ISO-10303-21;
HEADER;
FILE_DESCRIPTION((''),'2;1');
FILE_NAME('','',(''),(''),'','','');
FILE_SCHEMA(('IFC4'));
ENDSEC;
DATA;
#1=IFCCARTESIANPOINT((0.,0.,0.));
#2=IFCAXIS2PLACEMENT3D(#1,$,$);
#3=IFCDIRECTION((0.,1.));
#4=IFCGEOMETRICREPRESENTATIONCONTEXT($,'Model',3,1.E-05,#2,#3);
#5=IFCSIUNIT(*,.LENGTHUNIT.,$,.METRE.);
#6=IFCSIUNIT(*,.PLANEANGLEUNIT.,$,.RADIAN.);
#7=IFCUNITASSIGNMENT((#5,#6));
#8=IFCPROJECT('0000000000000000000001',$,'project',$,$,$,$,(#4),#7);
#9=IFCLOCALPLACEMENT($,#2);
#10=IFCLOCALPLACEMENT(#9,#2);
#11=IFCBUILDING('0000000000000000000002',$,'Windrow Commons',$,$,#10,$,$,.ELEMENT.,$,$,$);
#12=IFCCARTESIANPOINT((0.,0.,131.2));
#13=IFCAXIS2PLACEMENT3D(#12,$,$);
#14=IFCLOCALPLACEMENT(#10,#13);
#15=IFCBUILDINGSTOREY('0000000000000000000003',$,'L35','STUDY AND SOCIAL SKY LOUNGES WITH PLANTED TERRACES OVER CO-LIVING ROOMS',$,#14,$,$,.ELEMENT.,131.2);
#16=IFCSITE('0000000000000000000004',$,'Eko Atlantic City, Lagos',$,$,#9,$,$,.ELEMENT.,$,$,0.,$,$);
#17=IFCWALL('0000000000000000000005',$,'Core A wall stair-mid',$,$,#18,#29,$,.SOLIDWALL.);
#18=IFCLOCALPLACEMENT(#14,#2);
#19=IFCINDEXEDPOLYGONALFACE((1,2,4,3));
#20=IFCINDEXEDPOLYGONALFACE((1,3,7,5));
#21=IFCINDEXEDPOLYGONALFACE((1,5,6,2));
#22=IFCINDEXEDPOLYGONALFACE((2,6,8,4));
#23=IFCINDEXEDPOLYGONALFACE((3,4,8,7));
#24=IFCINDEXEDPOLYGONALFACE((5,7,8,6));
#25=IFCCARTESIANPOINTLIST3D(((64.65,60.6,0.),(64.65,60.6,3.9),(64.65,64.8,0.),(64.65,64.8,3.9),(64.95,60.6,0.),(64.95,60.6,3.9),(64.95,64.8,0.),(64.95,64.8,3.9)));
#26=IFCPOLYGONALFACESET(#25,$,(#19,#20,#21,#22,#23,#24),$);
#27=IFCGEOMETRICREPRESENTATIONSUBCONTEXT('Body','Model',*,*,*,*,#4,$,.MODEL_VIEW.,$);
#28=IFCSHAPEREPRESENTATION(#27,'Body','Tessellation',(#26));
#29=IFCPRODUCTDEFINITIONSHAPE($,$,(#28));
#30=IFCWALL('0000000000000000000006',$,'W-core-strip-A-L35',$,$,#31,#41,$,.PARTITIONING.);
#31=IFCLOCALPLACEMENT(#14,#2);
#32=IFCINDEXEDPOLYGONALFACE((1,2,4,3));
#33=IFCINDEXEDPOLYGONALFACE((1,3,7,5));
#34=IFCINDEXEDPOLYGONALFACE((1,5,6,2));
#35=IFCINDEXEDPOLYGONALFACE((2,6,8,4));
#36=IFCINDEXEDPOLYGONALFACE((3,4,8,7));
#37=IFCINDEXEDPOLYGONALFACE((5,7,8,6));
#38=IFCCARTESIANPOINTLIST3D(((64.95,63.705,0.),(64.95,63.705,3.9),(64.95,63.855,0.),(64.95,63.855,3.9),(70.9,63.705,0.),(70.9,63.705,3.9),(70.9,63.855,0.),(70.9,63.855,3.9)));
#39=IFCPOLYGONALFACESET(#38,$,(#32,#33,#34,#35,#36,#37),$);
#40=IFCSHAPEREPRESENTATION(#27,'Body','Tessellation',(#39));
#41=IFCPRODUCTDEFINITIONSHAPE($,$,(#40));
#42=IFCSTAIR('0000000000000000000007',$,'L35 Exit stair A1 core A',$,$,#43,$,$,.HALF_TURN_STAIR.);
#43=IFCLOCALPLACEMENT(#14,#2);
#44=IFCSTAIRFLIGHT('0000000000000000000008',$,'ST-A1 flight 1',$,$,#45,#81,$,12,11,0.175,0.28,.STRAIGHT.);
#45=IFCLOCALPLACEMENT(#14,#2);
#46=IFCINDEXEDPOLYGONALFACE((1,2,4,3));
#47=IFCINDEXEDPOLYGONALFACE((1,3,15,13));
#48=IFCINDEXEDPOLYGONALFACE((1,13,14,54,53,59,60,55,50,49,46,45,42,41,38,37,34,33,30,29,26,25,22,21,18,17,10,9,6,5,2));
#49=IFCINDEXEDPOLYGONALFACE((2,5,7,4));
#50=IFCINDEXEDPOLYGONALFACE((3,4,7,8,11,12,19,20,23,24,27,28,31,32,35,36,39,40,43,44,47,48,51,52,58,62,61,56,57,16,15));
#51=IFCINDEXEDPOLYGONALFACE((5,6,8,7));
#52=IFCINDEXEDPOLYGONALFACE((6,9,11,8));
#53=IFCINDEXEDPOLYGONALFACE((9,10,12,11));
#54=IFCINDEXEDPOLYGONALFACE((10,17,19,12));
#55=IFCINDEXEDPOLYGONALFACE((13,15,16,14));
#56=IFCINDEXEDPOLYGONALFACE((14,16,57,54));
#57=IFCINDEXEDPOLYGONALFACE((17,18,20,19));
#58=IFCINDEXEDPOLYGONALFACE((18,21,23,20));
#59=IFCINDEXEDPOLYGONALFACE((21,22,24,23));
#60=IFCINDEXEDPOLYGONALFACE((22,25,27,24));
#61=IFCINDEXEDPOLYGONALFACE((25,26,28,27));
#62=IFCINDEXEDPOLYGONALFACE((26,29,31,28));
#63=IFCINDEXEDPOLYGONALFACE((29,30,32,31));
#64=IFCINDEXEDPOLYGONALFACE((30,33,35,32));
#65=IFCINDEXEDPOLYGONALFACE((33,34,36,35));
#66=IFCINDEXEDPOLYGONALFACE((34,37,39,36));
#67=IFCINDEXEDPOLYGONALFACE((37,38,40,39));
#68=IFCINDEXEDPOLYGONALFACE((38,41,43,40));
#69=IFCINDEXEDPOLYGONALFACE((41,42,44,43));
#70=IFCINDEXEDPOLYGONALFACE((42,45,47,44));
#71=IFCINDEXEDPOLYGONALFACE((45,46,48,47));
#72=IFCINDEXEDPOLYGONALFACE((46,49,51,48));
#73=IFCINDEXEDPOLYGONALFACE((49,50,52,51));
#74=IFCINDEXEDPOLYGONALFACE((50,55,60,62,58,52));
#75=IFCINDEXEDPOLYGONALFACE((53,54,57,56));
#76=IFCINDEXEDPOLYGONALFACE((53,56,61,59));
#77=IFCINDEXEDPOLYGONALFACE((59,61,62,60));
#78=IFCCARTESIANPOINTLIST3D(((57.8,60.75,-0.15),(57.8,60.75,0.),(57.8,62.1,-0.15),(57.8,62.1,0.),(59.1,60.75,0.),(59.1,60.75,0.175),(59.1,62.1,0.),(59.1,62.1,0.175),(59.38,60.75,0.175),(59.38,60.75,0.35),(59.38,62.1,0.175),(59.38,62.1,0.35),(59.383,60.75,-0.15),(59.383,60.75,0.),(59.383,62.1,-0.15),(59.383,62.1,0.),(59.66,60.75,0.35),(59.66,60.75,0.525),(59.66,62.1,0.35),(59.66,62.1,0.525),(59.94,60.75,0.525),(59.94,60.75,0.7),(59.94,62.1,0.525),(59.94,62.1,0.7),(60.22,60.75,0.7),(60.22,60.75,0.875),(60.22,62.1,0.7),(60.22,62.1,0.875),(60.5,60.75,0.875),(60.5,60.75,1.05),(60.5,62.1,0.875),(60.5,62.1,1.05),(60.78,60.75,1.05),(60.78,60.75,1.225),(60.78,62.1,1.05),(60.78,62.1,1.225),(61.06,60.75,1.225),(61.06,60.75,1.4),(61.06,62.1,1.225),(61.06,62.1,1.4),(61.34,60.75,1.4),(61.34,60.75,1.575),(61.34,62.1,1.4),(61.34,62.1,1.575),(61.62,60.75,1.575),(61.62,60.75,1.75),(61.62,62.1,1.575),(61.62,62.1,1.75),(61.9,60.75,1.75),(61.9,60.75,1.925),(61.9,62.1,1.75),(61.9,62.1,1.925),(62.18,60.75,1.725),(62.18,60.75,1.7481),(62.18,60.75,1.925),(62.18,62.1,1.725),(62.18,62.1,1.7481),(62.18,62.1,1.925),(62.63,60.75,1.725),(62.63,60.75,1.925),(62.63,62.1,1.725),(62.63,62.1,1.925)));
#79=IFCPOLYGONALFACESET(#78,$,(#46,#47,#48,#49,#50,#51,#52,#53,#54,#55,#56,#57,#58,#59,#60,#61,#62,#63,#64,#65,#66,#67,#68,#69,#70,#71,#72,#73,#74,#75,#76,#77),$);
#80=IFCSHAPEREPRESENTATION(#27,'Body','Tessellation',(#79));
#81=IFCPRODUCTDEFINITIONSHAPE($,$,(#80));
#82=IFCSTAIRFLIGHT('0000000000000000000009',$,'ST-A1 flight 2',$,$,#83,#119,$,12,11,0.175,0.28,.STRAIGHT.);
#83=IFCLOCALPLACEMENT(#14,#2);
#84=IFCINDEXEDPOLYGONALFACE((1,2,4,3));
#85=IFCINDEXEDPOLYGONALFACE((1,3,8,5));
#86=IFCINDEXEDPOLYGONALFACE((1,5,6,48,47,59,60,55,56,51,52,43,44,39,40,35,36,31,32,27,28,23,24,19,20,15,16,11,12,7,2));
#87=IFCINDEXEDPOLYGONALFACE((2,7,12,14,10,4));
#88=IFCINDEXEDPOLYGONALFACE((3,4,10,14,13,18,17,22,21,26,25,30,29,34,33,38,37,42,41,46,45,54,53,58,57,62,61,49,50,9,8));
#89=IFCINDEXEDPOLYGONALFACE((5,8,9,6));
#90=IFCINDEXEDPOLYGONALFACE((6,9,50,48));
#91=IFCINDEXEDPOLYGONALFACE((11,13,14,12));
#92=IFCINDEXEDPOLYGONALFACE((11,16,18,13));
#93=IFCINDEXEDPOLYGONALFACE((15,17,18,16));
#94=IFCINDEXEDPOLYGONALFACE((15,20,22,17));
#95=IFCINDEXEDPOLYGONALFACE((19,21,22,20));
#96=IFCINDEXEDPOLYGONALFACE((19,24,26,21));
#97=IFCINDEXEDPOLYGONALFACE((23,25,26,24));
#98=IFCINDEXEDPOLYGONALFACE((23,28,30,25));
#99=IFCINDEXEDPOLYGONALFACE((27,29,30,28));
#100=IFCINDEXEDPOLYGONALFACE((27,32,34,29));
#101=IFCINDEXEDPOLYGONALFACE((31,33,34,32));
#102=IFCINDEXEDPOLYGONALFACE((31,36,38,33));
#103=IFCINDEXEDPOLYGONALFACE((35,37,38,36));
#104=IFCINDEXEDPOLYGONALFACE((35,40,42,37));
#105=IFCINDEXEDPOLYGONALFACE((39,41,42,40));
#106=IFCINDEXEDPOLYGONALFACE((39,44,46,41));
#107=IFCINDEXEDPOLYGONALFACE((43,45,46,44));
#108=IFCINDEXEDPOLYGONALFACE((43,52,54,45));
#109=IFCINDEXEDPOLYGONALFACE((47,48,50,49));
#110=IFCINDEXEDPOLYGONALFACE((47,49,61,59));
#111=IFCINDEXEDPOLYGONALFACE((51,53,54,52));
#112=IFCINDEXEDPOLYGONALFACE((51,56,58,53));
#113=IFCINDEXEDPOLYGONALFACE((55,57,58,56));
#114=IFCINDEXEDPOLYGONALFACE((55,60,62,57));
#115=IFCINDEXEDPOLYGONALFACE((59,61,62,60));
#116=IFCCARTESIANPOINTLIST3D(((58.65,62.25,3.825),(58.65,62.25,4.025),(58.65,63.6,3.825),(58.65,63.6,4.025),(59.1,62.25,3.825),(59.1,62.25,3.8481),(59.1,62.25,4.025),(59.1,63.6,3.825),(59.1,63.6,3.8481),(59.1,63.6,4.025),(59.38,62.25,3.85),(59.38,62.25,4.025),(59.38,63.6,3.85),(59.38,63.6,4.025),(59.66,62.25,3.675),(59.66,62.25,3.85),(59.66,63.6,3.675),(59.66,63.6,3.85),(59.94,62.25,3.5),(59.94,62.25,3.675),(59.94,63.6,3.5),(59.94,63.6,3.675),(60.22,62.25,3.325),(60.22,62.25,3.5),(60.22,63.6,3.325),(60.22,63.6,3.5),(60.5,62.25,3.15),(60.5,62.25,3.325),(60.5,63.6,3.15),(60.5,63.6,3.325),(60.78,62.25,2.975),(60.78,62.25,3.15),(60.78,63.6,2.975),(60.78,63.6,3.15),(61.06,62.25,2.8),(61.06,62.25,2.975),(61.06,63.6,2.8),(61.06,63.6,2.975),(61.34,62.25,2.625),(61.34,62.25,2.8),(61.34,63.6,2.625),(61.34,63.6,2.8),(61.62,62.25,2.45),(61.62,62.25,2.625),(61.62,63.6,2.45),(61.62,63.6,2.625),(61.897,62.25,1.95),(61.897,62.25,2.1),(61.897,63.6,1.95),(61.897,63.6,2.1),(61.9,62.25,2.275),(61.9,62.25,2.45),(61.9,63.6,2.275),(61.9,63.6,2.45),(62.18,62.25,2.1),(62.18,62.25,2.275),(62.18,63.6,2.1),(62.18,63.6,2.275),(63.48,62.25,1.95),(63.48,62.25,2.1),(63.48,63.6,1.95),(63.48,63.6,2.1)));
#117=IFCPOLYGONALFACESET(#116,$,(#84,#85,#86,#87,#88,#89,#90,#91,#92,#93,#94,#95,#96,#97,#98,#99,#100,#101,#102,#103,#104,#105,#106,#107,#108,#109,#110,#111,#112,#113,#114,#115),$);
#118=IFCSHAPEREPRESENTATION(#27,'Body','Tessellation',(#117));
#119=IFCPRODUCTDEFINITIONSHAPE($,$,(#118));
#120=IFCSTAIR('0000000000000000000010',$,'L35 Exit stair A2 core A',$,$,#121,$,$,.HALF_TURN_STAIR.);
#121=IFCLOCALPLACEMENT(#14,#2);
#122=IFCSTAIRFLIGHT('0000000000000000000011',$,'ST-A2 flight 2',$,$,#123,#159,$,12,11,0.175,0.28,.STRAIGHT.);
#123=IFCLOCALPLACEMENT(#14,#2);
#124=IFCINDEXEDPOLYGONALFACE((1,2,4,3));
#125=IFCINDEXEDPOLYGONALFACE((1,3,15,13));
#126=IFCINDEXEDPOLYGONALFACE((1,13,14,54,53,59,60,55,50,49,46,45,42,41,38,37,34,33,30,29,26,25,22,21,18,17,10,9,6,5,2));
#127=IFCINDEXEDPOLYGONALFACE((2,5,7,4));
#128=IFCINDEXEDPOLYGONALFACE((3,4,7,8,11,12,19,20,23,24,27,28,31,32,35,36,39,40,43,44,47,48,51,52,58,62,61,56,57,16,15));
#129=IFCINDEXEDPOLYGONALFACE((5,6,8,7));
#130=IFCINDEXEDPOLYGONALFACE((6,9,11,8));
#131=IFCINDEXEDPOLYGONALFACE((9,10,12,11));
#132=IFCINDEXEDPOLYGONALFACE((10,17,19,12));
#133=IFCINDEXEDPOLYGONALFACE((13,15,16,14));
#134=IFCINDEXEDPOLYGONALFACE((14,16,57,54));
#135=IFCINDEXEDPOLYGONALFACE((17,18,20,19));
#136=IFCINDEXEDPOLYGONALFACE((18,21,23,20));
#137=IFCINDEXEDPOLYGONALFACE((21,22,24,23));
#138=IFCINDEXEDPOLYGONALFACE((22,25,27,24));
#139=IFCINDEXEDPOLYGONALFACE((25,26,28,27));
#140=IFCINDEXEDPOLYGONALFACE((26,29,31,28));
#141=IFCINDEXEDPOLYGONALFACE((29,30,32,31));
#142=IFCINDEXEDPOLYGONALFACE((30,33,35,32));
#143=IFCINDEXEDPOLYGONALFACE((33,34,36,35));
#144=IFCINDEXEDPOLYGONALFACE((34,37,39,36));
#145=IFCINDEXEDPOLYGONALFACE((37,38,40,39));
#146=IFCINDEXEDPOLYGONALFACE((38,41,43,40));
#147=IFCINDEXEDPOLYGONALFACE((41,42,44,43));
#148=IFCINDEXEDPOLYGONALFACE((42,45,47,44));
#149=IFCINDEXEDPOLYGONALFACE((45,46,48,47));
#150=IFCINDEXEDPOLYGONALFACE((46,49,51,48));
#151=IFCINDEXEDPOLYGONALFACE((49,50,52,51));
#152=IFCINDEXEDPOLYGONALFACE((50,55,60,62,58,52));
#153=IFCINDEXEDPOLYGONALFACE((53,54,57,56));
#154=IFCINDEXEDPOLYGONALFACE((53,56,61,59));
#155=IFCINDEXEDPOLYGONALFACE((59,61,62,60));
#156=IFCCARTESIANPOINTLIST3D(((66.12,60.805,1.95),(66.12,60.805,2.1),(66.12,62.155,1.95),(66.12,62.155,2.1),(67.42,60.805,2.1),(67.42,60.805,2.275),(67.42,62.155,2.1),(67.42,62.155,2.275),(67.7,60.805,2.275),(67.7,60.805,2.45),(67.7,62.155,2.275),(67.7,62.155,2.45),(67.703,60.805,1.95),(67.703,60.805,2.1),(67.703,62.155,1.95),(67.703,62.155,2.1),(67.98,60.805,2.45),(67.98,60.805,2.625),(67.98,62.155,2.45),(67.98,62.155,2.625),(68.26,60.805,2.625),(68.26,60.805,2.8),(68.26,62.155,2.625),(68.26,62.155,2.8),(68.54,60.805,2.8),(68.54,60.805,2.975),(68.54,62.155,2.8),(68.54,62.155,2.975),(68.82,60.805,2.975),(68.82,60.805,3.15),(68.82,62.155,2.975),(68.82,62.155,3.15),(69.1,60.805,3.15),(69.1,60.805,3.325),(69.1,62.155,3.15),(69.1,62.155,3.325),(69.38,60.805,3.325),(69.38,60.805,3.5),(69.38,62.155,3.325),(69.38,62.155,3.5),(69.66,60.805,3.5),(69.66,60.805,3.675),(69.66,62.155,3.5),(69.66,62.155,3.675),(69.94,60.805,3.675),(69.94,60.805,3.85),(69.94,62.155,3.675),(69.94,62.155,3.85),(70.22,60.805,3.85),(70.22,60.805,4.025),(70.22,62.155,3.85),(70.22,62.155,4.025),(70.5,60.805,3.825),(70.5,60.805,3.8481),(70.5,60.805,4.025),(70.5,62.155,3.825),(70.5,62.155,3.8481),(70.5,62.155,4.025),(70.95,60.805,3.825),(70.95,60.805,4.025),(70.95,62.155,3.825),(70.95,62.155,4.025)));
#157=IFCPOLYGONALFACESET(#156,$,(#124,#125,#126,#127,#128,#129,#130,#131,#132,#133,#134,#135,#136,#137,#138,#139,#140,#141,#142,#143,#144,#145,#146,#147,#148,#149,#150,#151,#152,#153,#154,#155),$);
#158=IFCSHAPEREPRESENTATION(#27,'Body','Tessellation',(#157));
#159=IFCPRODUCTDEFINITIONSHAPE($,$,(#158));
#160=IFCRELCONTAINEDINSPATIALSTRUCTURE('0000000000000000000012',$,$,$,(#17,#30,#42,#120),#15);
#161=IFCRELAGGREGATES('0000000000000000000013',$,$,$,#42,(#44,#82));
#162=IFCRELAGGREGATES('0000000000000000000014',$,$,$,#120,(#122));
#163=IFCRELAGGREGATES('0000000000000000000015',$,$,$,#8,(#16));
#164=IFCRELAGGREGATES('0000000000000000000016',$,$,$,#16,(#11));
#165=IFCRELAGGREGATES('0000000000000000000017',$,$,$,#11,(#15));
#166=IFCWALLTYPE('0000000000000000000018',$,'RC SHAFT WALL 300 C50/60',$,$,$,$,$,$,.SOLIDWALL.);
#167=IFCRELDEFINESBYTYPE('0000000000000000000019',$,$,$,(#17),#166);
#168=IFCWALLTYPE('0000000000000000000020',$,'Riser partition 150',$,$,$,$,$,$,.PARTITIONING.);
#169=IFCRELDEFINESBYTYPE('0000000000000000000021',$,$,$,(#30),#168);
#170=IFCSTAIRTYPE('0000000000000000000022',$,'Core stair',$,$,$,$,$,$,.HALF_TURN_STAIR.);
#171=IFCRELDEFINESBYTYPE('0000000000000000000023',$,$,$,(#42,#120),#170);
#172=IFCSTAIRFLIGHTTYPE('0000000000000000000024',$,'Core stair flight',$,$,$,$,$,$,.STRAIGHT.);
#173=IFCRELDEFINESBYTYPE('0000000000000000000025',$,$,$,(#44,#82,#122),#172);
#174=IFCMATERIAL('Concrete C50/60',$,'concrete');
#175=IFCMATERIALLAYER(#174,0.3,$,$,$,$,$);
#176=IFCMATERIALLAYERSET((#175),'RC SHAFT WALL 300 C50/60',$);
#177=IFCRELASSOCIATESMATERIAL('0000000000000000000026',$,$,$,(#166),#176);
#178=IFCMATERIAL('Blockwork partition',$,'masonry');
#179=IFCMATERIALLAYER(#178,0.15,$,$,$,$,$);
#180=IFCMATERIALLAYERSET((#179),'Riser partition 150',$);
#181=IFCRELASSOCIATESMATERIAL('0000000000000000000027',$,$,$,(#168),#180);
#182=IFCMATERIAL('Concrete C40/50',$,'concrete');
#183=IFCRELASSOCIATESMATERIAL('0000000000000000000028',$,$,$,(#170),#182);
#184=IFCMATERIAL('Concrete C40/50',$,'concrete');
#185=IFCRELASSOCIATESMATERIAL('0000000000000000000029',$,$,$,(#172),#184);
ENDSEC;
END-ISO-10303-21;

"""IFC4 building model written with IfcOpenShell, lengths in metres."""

from ifc_helpers import new_model, si_unit, direction, frame, frame_2d, origin, place, context, subcontext, project, spatial, polyline, rectangle, outline, extrude, material, layer, layer_set, type_object, element, aggregate, save


model = new_model("IFC4")

# Units and contexts
model_context = context("Model", 3, precision=1e-05, world=origin(), true_north=direction((0.0, 1.0)))
body_context = subcontext(model_context, "Body", "Model", "MODEL_VIEW")
ifc_project = project(units=[si_unit("LENGTHUNIT", "METRE"), si_unit("PLANEANGLEUNIT", "RADIAN")], contexts=[model_context])

# Site, building, storey
site_placement = place(None, origin())
site = spatial("IfcSite", under=ifc_project, at=site_placement, Name="Eko Atlantic City, Lagos", CompositionType="ELEMENT", RefElevation=0.0)
building_placement = place(site_placement, origin())
building = spatial("IfcBuilding", under=site, at=building_placement, Name="Windrow Commons", CompositionType="ELEMENT")
storey_placement = place(building_placement, frame((0.0, 0.0, 131.2)))
storey = spatial("IfcBuildingStorey", under=building, at=storey_placement, Name="L35", Description="STUDY AND SOCIAL SKY LOUNGES WITH PLANTED TERRACES OVER CO-LIVING ROOMS", CompositionType="ELEMENT", Elevation=131.2)

# Shared definitions
placement = place(storey_placement, origin())

# Walls
ifc_material_1 = material(Name="Concrete C50/60", Category="concrete")
ifc_layer_1 = layer(ifc_material_1, 0.3)
ifc_layer_set_1 = layer_set([ifc_layer_1], Name="RC SHAFT WALL 300 C50/60")
wall_type_1 = type_object("IfcWallType", Name="RC SHAFT WALL 300 C50/60", PredefinedType="SOLIDWALL", material=ifc_layer_set_1)
wall_1_placement = place(storey_placement, frame((64.8, 60.6, 0.0), z_axis=(0.0, 0.0, 1.0), x_axis=(0.0, 1.0, 0.0)))
element("IfcWall", 1, at=wall_1_placement, inside=storey, type_object=wall_type_1, Name="Core A wall stair-mid", PredefinedType="SOLIDWALL", context=body_context, shape_type="SweptSolid", body=[
    extrude(rectangle(XDim=4.2, YDim=0.3, at=frame_2d((2.1, 0.0))), origin(), (0.0, 0.0, 1.0), 3.9),
])
ifc_material_2 = material(Name="Blockwork partition", Category="masonry")
ifc_layer_2 = layer(ifc_material_2, 0.15)
ifc_layer_set_2 = layer_set([ifc_layer_2], Name="Riser partition 150")
wall_type_2 = type_object("IfcWallType", Name="Riser partition 150", PredefinedType="PARTITIONING", material=ifc_layer_set_2)
wall_2_placement = place(storey_placement, frame((64.95, 63.78, 0.0), z_axis=(0.0, 0.0, 1.0), x_axis=(1.0, 0.0, 0.0)))
element("IfcWall", 2, at=wall_2_placement, inside=storey, type_object=wall_type_2, Name="W-core-strip-A-L35", PredefinedType="PARTITIONING", context=body_context, shape_type="SweptSolid", body=[
    extrude(rectangle(XDim=5.95, YDim=0.15, at=frame_2d((2.975, 0.0))), origin(), (0.0, 0.0, 1.0), 3.9),
])

# Stair, stair flights
ifc_material_3 = material(Name="Concrete C40/50", Category="concrete")
stair_type = type_object("IfcStairType", Name="Core stair", PredefinedType="HALF_TURN_STAIR", material=ifc_material_3)
stair_1 = element("IfcStair", 3, at=placement, inside=storey, type_object=stair_type, Name="L35 Exit stair A1 core A", PredefinedType="HALF_TURN_STAIR")
ifc_material_4 = material(Name="Concrete C40/50", Category="concrete")
stair_flight_type = type_object("IfcStairFlightType", Name="Core stair flight", PredefinedType="STRAIGHT", material=ifc_material_4)
stair_flight_1_placement = place(storey_placement, frame((59.1, 61.425, 0.0), z_axis=(0.0, 0.0, 1.0), x_axis=(1.0, 0.0, 0.0)))
stair_flight_1 = element("IfcStairFlight", 4, at=stair_flight_1_placement, type_object=stair_flight_type, Name="ST-A1 flight 1", NumberOfRisers=12, NumberOfTreads=11, PredefinedType="STRAIGHT", RiserHeight=0.175, TreadLength=0.28, context=body_context, shape_type="SweptSolid", body=[
    extrude(outline(polyline([(-1.3, -0.15), (-1.3, 0.0), (0.0, 0.0), (0.0, 0.175), (0.28, 0.175), (0.28, 0.35), (0.56, 0.35), (0.56, 0.525), (0.84, 0.525), (0.84, 0.7), (1.12, 0.7), (1.12, 0.875), (1.4, 0.875), (1.4, 1.05), (1.68, 1.05), (1.68, 1.225), (1.96, 1.225), (1.96, 1.4), (2.24, 1.4), (2.24, 1.575), (2.52, 1.575), (2.52, 1.75), (2.8, 1.75), (2.8, 1.925), (3.08, 1.925), (3.53, 1.925), (3.53, 1.725), (3.08, 1.725), (3.08, 1.7481), (0.283, 0.0), (0.283, -0.15), (-1.3, -0.15)])), frame((0.0, 0.675, 0.0), z_axis=(0.0, -1.0, 0.0), x_axis=(1.0, 0.0, 0.0)), (0.0, 0.0, 1.0), 1.35),
])
stair_flight_2_placement = place(storey_placement, frame((62.18, 62.925, 2.1), z_axis=(0.0, 0.0, 1.0), x_axis=(-1.0, 0.0, 0.0)))
stair_flight_2 = element("IfcStairFlight", 5, at=stair_flight_2_placement, type_object=stair_flight_type, Name="ST-A1 flight 2", NumberOfRisers=12, NumberOfTreads=11, PredefinedType="STRAIGHT", RiserHeight=0.175, TreadLength=0.28, context=body_context, shape_type="SweptSolid", body=[
    extrude(outline(polyline([(-1.3, -0.15), (-1.3, 0.0), (0.0, 0.0), (0.0, 0.175), (0.28, 0.175), (0.28, 0.35), (0.56, 0.35), (0.56, 0.525), (0.84, 0.525), (0.84, 0.7), (1.12, 0.7), (1.12, 0.875), (1.4, 0.875), (1.4, 1.05), (1.68, 1.05), (1.68, 1.225), (1.96, 1.225), (1.96, 1.4), (2.24, 1.4), (2.24, 1.575), (2.52, 1.575), (2.52, 1.75), (2.8, 1.75), (2.8, 1.925), (3.08, 1.925), (3.53, 1.925), (3.53, 1.725), (3.08, 1.725), (3.08, 1.7481), (0.283, 0.0), (0.283, -0.15), (-1.3, -0.15)])), frame((0.0, 0.675, 0.0), z_axis=(0.0, -1.0, 0.0), x_axis=(1.0, 0.0, 0.0)), (0.0, 0.0, 1.0), 1.35),
])
aggregate(stair_1, [stair_flight_1, stair_flight_2])

# Stair, stair flight
stair_2 = element("IfcStair", 6, at=placement, inside=storey, type_object=stair_type, Name="L35 Exit stair A2 core A", PredefinedType="HALF_TURN_STAIR")
stair_flight_3_placement = place(storey_placement, frame((67.42, 61.48, 2.1), z_axis=(0.0, 0.0, 1.0), x_axis=(1.0, 0.0, 0.0)))
stair_flight_3 = element("IfcStairFlight", 7, at=stair_flight_3_placement, type_object=stair_flight_type, Name="ST-A2 flight 2", NumberOfRisers=12, NumberOfTreads=11, PredefinedType="STRAIGHT", RiserHeight=0.175, TreadLength=0.28, context=body_context, shape_type="SweptSolid", body=[
    extrude(outline(polyline([(-1.3, -0.15), (-1.3, 0.0), (0.0, 0.0), (0.0, 0.175), (0.28, 0.175), (0.28, 0.35), (0.56, 0.35), (0.56, 0.525), (0.84, 0.525), (0.84, 0.7), (1.12, 0.7), (1.12, 0.875), (1.4, 0.875), (1.4, 1.05), (1.68, 1.05), (1.68, 1.225), (1.96, 1.225), (1.96, 1.4), (2.24, 1.4), (2.24, 1.575), (2.52, 1.575), (2.52, 1.75), (2.8, 1.75), (2.8, 1.925), (3.08, 1.925), (3.53, 1.925), (3.53, 1.725), (3.08, 1.725), (3.08, 1.7481), (0.283, 0.0), (0.283, -0.15), (-1.3, -0.15)])), frame((0.0, 0.675, 0.0), z_axis=(0.0, -1.0, 0.0), x_axis=(1.0, 0.0, 0.0)), (0.0, 0.0, 1.0), 1.35),
])
aggregate(stair_2, [stair_flight_3])

save(model, "model.ifc")
